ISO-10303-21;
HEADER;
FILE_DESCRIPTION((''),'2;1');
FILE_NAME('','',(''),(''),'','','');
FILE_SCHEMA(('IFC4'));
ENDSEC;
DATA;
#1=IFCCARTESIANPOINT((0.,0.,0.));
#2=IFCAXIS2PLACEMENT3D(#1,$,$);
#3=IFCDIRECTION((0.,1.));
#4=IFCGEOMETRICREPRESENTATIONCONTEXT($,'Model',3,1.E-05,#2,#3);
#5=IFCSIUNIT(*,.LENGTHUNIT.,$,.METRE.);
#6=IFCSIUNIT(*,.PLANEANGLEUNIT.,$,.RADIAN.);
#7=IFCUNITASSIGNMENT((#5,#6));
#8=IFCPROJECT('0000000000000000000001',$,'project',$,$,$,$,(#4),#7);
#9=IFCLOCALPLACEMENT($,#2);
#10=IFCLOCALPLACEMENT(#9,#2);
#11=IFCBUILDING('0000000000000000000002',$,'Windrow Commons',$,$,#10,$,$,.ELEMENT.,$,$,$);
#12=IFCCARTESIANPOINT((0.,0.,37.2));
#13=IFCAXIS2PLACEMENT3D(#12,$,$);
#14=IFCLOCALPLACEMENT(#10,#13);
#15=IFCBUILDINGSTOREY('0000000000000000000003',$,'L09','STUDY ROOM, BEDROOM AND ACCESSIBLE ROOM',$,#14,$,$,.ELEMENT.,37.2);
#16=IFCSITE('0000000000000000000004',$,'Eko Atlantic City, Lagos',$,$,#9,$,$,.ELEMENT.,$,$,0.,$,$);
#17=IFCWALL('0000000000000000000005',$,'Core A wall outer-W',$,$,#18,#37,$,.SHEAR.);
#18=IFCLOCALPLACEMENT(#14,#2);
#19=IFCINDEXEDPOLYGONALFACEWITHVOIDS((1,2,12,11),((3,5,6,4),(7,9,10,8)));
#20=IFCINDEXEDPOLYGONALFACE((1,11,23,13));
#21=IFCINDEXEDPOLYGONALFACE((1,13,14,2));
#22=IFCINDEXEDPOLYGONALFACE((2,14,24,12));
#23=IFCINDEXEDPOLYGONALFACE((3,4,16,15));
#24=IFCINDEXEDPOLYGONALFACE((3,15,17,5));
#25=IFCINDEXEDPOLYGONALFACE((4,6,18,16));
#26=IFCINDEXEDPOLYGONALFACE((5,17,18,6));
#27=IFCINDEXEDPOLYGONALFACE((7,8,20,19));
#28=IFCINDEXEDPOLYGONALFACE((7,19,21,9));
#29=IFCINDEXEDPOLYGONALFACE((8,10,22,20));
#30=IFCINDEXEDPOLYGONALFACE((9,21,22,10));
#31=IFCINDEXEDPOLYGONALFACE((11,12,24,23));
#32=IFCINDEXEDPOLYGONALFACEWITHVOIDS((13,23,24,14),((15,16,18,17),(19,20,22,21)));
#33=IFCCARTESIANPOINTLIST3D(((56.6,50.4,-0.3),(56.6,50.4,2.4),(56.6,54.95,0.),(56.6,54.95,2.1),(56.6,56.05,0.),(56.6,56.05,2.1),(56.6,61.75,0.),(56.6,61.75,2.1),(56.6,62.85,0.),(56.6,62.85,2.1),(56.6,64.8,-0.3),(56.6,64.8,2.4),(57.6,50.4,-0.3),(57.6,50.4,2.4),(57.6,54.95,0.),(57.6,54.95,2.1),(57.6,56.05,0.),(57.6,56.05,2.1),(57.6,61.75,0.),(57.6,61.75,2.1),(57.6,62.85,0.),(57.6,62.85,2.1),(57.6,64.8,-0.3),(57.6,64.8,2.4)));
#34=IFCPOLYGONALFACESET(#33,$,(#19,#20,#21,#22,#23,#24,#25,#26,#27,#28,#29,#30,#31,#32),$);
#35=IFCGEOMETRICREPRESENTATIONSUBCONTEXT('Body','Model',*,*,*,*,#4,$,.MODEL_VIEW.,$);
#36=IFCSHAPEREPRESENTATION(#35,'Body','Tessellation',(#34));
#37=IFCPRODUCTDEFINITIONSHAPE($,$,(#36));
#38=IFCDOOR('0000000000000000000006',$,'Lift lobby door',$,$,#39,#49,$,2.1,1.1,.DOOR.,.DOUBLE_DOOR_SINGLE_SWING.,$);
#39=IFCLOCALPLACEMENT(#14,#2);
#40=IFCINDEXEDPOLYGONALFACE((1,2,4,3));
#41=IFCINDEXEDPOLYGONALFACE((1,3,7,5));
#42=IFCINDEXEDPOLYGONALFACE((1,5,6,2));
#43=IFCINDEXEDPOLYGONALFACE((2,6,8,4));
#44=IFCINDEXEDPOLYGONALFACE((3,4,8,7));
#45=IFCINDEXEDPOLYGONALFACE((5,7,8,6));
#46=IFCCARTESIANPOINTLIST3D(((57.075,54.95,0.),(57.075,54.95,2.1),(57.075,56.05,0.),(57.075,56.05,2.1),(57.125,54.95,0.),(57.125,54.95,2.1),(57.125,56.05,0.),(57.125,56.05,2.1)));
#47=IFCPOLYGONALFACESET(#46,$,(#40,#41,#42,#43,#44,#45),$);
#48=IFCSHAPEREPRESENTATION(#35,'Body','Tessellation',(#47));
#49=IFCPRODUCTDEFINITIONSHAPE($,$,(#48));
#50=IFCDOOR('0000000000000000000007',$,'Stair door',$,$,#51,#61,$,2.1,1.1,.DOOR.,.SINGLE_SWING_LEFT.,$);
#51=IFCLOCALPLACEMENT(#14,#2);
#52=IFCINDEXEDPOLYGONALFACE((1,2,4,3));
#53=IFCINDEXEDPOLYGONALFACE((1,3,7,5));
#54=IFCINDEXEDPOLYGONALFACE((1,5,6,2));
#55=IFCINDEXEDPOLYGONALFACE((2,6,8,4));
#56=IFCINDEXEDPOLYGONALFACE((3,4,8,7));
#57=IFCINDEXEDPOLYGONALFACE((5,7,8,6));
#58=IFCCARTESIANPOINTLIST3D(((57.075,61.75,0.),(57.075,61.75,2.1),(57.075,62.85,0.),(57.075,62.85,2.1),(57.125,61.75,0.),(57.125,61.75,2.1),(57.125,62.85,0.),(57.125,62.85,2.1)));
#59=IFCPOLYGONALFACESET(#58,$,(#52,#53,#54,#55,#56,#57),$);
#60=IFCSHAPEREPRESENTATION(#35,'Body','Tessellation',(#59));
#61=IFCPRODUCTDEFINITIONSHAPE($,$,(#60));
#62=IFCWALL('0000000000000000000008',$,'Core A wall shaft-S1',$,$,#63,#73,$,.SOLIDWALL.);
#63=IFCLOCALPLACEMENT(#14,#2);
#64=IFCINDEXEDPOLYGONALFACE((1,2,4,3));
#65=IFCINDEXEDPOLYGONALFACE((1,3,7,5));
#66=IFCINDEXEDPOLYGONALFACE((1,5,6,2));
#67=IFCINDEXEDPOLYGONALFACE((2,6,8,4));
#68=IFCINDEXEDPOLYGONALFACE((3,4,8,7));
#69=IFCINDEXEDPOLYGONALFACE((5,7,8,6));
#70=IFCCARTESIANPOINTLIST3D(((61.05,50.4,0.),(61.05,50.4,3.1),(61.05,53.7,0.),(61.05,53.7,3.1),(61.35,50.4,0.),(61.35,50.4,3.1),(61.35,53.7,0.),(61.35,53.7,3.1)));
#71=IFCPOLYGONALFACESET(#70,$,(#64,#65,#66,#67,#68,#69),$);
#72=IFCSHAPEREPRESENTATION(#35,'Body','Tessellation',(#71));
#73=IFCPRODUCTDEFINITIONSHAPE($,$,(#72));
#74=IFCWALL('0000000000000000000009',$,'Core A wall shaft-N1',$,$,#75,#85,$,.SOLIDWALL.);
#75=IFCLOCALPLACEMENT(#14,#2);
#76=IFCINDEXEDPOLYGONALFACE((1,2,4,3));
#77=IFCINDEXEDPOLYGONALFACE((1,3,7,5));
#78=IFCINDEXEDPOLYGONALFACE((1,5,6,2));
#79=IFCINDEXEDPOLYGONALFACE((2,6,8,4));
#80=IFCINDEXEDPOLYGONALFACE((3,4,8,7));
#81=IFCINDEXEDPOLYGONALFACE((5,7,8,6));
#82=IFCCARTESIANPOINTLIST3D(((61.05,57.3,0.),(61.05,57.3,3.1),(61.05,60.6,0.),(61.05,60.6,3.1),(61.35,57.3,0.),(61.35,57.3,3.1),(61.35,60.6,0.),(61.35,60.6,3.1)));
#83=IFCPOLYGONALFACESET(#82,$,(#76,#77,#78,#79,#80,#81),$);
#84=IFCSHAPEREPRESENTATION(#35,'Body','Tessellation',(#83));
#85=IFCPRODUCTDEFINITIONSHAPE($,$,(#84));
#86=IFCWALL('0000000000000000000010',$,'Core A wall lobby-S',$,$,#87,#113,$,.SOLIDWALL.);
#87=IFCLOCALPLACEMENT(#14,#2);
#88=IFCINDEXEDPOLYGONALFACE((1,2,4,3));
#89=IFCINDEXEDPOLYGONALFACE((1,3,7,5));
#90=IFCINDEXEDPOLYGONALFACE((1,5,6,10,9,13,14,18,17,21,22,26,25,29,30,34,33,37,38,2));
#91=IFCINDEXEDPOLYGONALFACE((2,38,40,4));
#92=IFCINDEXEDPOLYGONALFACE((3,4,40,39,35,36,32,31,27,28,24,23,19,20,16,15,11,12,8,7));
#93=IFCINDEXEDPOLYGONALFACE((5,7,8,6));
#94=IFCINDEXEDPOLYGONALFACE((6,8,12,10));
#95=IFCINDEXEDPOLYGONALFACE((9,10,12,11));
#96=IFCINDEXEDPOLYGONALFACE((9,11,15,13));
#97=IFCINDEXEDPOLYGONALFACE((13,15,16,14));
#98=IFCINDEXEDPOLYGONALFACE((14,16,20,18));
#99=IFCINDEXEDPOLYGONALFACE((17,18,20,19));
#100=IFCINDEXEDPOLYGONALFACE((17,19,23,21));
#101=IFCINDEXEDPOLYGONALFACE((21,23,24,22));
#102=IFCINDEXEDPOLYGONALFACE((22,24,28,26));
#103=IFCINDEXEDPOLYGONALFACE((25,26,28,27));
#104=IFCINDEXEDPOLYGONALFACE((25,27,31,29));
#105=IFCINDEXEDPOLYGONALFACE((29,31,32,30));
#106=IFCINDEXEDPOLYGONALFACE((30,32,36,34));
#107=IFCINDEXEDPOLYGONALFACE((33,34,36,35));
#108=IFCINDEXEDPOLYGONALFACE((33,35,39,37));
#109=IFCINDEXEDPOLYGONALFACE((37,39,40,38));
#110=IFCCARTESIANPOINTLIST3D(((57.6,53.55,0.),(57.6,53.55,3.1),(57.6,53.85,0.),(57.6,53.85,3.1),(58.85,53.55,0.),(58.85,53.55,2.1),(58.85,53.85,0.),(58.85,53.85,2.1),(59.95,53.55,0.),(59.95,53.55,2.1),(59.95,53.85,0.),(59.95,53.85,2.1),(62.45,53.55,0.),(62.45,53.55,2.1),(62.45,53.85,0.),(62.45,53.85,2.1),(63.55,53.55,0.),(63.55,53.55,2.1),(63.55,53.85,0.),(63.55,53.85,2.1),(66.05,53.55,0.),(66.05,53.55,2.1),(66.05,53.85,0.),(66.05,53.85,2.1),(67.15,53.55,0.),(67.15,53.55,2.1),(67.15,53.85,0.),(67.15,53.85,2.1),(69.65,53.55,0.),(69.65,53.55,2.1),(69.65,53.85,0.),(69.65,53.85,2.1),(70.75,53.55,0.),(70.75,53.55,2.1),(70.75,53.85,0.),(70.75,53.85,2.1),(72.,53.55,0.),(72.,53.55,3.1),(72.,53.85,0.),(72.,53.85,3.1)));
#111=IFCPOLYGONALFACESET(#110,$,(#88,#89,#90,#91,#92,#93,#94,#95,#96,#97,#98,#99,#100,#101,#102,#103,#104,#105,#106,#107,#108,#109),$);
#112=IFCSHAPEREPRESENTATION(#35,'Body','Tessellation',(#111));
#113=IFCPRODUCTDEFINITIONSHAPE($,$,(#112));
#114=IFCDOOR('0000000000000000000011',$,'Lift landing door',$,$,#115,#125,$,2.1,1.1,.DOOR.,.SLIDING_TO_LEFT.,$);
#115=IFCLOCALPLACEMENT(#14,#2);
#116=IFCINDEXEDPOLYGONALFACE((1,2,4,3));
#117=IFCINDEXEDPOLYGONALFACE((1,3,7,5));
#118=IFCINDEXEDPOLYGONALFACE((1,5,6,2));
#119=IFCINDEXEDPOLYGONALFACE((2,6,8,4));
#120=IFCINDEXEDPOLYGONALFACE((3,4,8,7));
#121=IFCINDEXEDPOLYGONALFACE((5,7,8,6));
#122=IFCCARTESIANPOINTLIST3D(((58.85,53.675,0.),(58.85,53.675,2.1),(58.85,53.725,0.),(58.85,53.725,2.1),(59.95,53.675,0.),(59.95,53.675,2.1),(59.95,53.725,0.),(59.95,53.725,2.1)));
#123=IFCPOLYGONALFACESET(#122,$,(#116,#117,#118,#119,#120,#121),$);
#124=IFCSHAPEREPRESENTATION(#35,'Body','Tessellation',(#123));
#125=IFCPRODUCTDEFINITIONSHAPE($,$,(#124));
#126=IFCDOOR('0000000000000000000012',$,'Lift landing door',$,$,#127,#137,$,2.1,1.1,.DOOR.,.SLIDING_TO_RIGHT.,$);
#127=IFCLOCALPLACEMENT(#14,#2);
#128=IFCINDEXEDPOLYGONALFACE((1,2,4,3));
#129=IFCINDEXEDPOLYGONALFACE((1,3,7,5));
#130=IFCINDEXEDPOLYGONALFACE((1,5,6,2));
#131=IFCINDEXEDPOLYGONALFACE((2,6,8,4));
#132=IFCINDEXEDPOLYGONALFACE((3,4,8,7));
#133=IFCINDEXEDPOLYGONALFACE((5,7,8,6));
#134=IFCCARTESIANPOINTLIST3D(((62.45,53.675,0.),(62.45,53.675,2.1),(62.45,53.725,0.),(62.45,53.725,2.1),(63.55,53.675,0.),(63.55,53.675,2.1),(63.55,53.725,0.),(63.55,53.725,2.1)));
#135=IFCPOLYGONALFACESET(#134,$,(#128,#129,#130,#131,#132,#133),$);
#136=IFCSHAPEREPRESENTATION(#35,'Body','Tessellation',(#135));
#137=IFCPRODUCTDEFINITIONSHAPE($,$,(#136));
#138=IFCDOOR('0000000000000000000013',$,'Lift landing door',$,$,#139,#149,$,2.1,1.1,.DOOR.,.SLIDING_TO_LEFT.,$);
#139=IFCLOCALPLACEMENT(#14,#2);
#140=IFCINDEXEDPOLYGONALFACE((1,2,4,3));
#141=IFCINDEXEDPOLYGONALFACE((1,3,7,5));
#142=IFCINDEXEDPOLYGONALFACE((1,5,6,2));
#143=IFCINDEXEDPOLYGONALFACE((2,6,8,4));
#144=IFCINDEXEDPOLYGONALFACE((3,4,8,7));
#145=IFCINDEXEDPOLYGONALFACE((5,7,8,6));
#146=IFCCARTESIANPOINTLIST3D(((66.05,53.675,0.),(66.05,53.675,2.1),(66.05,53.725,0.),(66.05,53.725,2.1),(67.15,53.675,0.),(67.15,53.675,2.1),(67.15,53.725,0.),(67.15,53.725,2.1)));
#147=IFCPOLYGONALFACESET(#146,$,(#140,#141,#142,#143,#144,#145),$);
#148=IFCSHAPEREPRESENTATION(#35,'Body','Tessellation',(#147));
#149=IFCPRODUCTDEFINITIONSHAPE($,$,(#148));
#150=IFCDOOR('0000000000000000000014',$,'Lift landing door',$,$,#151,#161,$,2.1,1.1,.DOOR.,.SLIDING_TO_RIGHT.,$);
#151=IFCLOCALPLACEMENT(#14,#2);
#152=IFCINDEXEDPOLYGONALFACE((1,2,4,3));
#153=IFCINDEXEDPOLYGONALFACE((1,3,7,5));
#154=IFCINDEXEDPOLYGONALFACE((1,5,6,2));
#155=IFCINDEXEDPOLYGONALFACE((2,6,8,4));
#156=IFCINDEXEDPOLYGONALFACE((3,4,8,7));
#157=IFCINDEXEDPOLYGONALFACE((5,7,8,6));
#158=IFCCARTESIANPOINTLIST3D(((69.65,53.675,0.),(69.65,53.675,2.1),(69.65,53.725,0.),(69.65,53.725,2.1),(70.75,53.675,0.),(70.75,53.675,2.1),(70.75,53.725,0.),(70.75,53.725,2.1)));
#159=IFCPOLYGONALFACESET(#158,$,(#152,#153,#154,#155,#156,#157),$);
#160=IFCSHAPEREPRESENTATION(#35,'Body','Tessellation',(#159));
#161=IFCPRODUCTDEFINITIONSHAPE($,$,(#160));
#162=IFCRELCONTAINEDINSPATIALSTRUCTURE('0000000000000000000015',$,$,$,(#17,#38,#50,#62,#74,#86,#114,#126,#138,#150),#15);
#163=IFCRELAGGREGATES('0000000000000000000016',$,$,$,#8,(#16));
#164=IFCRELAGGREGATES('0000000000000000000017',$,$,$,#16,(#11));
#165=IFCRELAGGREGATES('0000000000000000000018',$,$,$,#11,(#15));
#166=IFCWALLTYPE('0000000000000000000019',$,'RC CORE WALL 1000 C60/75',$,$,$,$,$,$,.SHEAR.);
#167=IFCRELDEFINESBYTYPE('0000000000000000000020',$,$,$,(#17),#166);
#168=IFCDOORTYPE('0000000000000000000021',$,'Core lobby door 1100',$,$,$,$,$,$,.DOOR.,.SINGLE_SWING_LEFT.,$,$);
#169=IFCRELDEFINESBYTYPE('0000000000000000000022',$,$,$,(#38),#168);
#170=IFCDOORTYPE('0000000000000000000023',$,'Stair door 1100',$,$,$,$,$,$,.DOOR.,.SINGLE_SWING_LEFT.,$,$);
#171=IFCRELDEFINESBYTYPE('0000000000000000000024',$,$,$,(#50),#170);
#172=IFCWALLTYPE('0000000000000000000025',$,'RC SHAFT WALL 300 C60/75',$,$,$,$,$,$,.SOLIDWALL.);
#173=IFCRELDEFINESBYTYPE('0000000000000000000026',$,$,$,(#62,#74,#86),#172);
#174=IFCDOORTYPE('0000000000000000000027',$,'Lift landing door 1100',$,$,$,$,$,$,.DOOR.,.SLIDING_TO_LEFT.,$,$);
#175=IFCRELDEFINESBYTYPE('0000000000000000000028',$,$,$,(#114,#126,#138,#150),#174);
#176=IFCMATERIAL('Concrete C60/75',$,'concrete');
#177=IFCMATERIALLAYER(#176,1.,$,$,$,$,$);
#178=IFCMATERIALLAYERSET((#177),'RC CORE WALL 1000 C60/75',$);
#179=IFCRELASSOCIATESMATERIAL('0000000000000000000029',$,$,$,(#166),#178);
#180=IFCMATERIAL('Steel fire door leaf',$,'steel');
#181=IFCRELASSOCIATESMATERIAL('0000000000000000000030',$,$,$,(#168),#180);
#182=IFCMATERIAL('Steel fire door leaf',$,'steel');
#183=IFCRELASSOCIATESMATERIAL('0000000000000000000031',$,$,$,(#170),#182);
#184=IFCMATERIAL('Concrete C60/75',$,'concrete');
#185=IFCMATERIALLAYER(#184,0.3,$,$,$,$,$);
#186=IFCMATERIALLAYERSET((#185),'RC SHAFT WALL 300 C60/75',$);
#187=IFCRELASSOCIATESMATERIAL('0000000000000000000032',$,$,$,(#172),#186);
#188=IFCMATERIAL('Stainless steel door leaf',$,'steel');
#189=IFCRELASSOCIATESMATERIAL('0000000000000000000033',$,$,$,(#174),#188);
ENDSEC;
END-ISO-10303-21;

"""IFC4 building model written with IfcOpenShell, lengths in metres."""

from ifc_helpers import new_model, si_unit, direction, frame, frame_2d, origin, place, context, subcontext, project, spatial, rectangle, extrude, material, layer, layer_set, type_object, element, fill, save


model = new_model("IFC4")

# Units and contexts
model_context = context("Model", 3, precision=1e-05, world=origin(), true_north=direction((0.0, 1.0)))
body_context = subcontext(model_context, "Body", "Model", "MODEL_VIEW")
ifc_project = project(units=[si_unit("LENGTHUNIT", "METRE"), si_unit("PLANEANGLEUNIT", "RADIAN")], contexts=[model_context])

# Site, building, storey
site_placement = place(None, origin())
site = spatial("IfcSite", under=ifc_project, at=site_placement, Name="Eko Atlantic City, Lagos", CompositionType="ELEMENT", RefElevation=0.0)
building_placement = place(site_placement, origin())
building = spatial("IfcBuilding", under=site, at=building_placement, Name="Windrow Commons", CompositionType="ELEMENT")
storey_placement = place(building_placement, frame((0.0, 0.0, 37.2)))
storey = spatial("IfcBuildingStorey", under=building, at=storey_placement, Name="L09", Description="STUDY ROOM, BEDROOM AND ACCESSIBLE ROOM", CompositionType="ELEMENT", Elevation=37.2)

# Shared definitions
ifc_material_1 = material(Name="Concrete C60/75", Category="concrete")
ifc_layer_1 = layer(ifc_material_1, 1.0)
ifc_layer_set_1 = layer_set([ifc_layer_1], Name="RC CORE WALL 1000 C60/75")
wall_type_1 = type_object("IfcWallType", Name="RC CORE WALL 1000 C60/75", PredefinedType="SHEAR", material=ifc_layer_set_1)

# Wall, openings, doors
wall_1_placement = place(storey_placement, frame((57.1, 50.4, -0.3), z_axis=(0.0, 0.0, 1.0), x_axis=(0.0, 1.0, 0.0)))
wall_1 = element("IfcWall", 1, at=wall_1_placement, inside=storey, type_object=wall_type_1, Name="Core A wall outer-W", PredefinedType="SHEAR", context=body_context, shape_type="SweptSolid", body=[
    extrude(rectangle(XDim=14.4, YDim=1.0, at=frame_2d((7.2, 0.0))), origin(), (0.0, 0.0, 1.0), 2.7),
])
opening_1_placement = place(wall_1_placement, frame((4.55, 0.0, 0.3)))
opening_1 = element("IfcOpeningElement", 2, at=opening_1_placement, cuts=wall_1, PredefinedType="OPENING", context=body_context, shape_type="SweptSolid", body=[
    extrude(rectangle(XDim=1.1, YDim=2.1, at=frame_2d((0.55, 1.05))), frame((0.0, 0.51, 0.0), z_axis=(0.0, -1.0, 0.0), x_axis=(1.0, 0.0, 0.0)), (0.0, 0.0, 1.0), 1.02),
])
opening_2_placement = place(wall_1_placement, frame((11.35, 0.0, 0.3)))
opening_2 = element("IfcOpeningElement", 3, at=opening_2_placement, cuts=wall_1, PredefinedType="OPENING", context=body_context, shape_type="SweptSolid", body=[
    extrude(rectangle(XDim=1.1, YDim=2.1, at=frame_2d((0.55, 1.05))), frame((0.0, 0.51, 0.0), z_axis=(0.0, -1.0, 0.0), x_axis=(1.0, 0.0, 0.0)), (0.0, 0.0, 1.0), 1.02),
])
ifc_material_2 = material(Name="Steel fire door leaf", Category="steel")
door_type_1 = type_object("IfcDoorType", Name="Core lobby door 1100", OperationType="SINGLE_SWING_LEFT", PredefinedType="DOOR", material=ifc_material_2)
door_1_placement = place(opening_1_placement, origin())
door_1 = element("IfcDoor", 4, at=door_1_placement, inside=storey, type_object=door_type_1, Name="Lift lobby door", OperationType="DOUBLE_DOOR_SINGLE_SWING", OverallHeight=2.1, OverallWidth=1.1, PredefinedType="DOOR", context=body_context, shape_type="SweptSolid", body=[
    extrude(rectangle(XDim=1.1, YDim=2.1, at=frame_2d((0.55, 1.05))), frame((0.0, 0.025, 0.0), z_axis=(0.0, -1.0, 0.0), x_axis=(1.0, 0.0, 0.0)), (0.0, 0.0, 1.0), 0.05),
])
fill(opening_1, door_1)
ifc_material_3 = material(Name="Steel fire door leaf", Category="steel")
door_type_2 = type_object("IfcDoorType", Name="Stair door 1100", OperationType="SINGLE_SWING_LEFT", PredefinedType="DOOR", material=ifc_material_3)
door_2_placement = place(opening_2_placement, origin())
door_2 = element("IfcDoor", 5, at=door_2_placement, inside=storey, type_object=door_type_2, Name="Stair door", OperationType="SINGLE_SWING_LEFT", OverallHeight=2.1, OverallWidth=1.1, PredefinedType="DOOR", context=body_context, shape_type="SweptSolid", body=[
    extrude(rectangle(XDim=1.1, YDim=2.1, at=frame_2d((0.55, 1.05))), frame((0.0, 0.025, 0.0), z_axis=(0.0, -1.0, 0.0), x_axis=(1.0, 0.0, 0.0)), (0.0, 0.0, 1.0), 0.05),
])
fill(opening_2, door_2)

# Walls
ifc_material_4 = material(Name="Concrete C60/75", Category="concrete")
ifc_layer_2 = layer(ifc_material_4, 0.3)
ifc_layer_set_2 = layer_set([ifc_layer_2], Name="RC SHAFT WALL 300 C60/75")
wall_type_2 = type_object("IfcWallType", Name="RC SHAFT WALL 300 C60/75", PredefinedType="SOLIDWALL", material=ifc_layer_set_2)
for number, where, z_axis, x_axis, name in (
    (6, (61.2, 50.4, 0.0), (0.0, 0.0, 1.0), (0.0, 1.0, 0.0), "Core A wall shaft-S1"),
    (7, (61.2, 57.3, 0.0), (0.0, 0.0, 1.0), (0.0, 1.0, 0.0), "Core A wall shaft-N1"),
):
    element("IfcWall", number, at=place(storey_placement, frame(where, z_axis=z_axis, x_axis=x_axis)), inside=storey, type_object=wall_type_2, Name=name, PredefinedType="SOLIDWALL", context=body_context, shape_type="SweptSolid", body=[
        extrude(rectangle(XDim=3.3, YDim=0.3, at=frame_2d((1.65, 0.0))), origin(), (0.0, 0.0, 1.0), 3.1),
    ])

# Wall, openings, doors
wall_2_placement = place(storey_placement, frame((57.6, 53.7, 0.0), z_axis=(0.0, 0.0, 1.0), x_axis=(1.0, 0.0, 0.0)))
wall_2 = element("IfcWall", 8, at=wall_2_placement, inside=storey, type_object=wall_type_2, Name="Core A wall lobby-S", PredefinedType="SOLIDWALL", context=body_context, shape_type="SweptSolid", body=[
    extrude(rectangle(XDim=14.4, YDim=0.3, at=frame_2d((7.2, 0.0))), origin(), (0.0, 0.0, 1.0), 3.1),
])
opening_3_placement = place(wall_2_placement, frame((1.25, 0.0, 0.0)))
opening_3 = element("IfcOpeningElement", 9, at=opening_3_placement, cuts=wall_2, PredefinedType="OPENING", context=body_context, shape_type="SweptSolid", body=[
    extrude(rectangle(XDim=1.1, YDim=2.1, at=frame_2d((0.55, 1.05))), frame((0.0, 0.16, 0.0), z_axis=(0.0, -1.0, 0.0), x_axis=(1.0, 0.0, 0.0)), (0.0, 0.0, 1.0), 0.32),
])
opening_4_placement = place(wall_2_placement, frame((4.85, 0.0, 0.0)))
opening_4 = element("IfcOpeningElement", 10, at=opening_4_placement, cuts=wall_2, PredefinedType="OPENING", context=body_context, shape_type="SweptSolid", body=[
    extrude(rectangle(XDim=1.1, YDim=2.1, at=frame_2d((0.55, 1.05))), frame((0.0, 0.16, 0.0), z_axis=(0.0, -1.0, 0.0), x_axis=(1.0, 0.0, 0.0)), (0.0, 0.0, 1.0), 0.32),
])
opening_5_placement = place(wall_2_placement, frame((8.45, 0.0, 0.0)))
opening_5 = element("IfcOpeningElement", 11, at=opening_5_placement, cuts=wall_2, PredefinedType="OPENING", context=body_context, shape_type="SweptSolid", body=[
    extrude(rectangle(XDim=1.1, YDim=2.1, at=frame_2d((0.55, 1.05))), frame((0.0, 0.16, 0.0), z_axis=(0.0, -1.0, 0.0), x_axis=(1.0, 0.0, 0.0)), (0.0, 0.0, 1.0), 0.32),
])
opening_6_placement = place(wall_2_placement, frame((12.05, 0.0, 0.0)))
opening_6 = element("IfcOpeningElement", 12, at=opening_6_placement, cuts=wall_2, PredefinedType="OPENING", context=body_context, shape_type="SweptSolid", body=[
    extrude(rectangle(XDim=1.1, YDim=2.1, at=frame_2d((0.55, 1.05))), frame((0.0, 0.16, 0.0), z_axis=(0.0, -1.0, 0.0), x_axis=(1.0, 0.0, 0.0)), (0.0, 0.0, 1.0), 0.32),
])
ifc_material_5 = material(Name="Stainless steel door leaf", Category="steel")
door_type_3 = type_object("IfcDoorType", Name="Lift landing door 1100", OperationType="SLIDING_TO_LEFT", PredefinedType="DOOR", material=ifc_material_5)
door_3_placement = place(opening_3_placement, origin())
door_3 = element("IfcDoor", 13, at=door_3_placement, inside=storey, type_object=door_type_3, Name="Lift landing door", OperationType="SLIDING_TO_LEFT", OverallHeight=2.1, OverallWidth=1.1, PredefinedType="DOOR", context=body_context, shape_type="SweptSolid", body=[
    extrude(rectangle(XDim=1.1, YDim=2.1, at=frame_2d((0.55, 1.05))), frame((0.0, 0.025, 0.0), z_axis=(0.0, -1.0, 0.0), x_axis=(1.0, 0.0, 0.0)), (0.0, 0.0, 1.0), 0.05),
])
fill(opening_3, door_3)
door_4_placement = place(opening_4_placement, origin())
door_4 = element("IfcDoor", 14, at=door_4_placement, inside=storey, type_object=door_type_3, Name="Lift landing door", OperationType="SLIDING_TO_RIGHT", OverallHeight=2.1, OverallWidth=1.1, PredefinedType="DOOR", context=body_context, shape_type="SweptSolid", body=[
    extrude(rectangle(XDim=1.1, YDim=2.1, at=frame_2d((0.55, 1.05))), frame((0.0, 0.025, 0.0), z_axis=(0.0, -1.0, 0.0), x_axis=(1.0, 0.0, 0.0)), (0.0, 0.0, 1.0), 0.05),
])
fill(opening_4, door_4)
door_5_placement = place(opening_5_placement, origin())
door_5 = element("IfcDoor", 15, at=door_5_placement, inside=storey, type_object=door_type_3, Name="Lift landing door", OperationType="SLIDING_TO_LEFT", OverallHeight=2.1, OverallWidth=1.1, PredefinedType="DOOR", context=body_context, shape_type="SweptSolid", body=[
    extrude(rectangle(XDim=1.1, YDim=2.1, at=frame_2d((0.55, 1.05))), frame((0.0, 0.025, 0.0), z_axis=(0.0, -1.0, 0.0), x_axis=(1.0, 0.0, 0.0)), (0.0, 0.0, 1.0), 0.05),
])
fill(opening_5, door_5)
door_6_placement = place(opening_6_placement, origin())
door_6 = element("IfcDoor", 16, at=door_6_placement, inside=storey, type_object=door_type_3, Name="Lift landing door", OperationType="SLIDING_TO_RIGHT", OverallHeight=2.1, OverallWidth=1.1, PredefinedType="DOOR", context=body_context, shape_type="SweptSolid", body=[
    extrude(rectangle(XDim=1.1, YDim=2.1, at=frame_2d((0.55, 1.05))), frame((0.0, 0.025, 0.0), z_axis=(0.0, -1.0, 0.0), x_axis=(1.0, 0.0, 0.0)), (0.0, 0.0, 1.0), 0.05),
])
fill(opening_6, door_6)

save(model, "model.ifc")
